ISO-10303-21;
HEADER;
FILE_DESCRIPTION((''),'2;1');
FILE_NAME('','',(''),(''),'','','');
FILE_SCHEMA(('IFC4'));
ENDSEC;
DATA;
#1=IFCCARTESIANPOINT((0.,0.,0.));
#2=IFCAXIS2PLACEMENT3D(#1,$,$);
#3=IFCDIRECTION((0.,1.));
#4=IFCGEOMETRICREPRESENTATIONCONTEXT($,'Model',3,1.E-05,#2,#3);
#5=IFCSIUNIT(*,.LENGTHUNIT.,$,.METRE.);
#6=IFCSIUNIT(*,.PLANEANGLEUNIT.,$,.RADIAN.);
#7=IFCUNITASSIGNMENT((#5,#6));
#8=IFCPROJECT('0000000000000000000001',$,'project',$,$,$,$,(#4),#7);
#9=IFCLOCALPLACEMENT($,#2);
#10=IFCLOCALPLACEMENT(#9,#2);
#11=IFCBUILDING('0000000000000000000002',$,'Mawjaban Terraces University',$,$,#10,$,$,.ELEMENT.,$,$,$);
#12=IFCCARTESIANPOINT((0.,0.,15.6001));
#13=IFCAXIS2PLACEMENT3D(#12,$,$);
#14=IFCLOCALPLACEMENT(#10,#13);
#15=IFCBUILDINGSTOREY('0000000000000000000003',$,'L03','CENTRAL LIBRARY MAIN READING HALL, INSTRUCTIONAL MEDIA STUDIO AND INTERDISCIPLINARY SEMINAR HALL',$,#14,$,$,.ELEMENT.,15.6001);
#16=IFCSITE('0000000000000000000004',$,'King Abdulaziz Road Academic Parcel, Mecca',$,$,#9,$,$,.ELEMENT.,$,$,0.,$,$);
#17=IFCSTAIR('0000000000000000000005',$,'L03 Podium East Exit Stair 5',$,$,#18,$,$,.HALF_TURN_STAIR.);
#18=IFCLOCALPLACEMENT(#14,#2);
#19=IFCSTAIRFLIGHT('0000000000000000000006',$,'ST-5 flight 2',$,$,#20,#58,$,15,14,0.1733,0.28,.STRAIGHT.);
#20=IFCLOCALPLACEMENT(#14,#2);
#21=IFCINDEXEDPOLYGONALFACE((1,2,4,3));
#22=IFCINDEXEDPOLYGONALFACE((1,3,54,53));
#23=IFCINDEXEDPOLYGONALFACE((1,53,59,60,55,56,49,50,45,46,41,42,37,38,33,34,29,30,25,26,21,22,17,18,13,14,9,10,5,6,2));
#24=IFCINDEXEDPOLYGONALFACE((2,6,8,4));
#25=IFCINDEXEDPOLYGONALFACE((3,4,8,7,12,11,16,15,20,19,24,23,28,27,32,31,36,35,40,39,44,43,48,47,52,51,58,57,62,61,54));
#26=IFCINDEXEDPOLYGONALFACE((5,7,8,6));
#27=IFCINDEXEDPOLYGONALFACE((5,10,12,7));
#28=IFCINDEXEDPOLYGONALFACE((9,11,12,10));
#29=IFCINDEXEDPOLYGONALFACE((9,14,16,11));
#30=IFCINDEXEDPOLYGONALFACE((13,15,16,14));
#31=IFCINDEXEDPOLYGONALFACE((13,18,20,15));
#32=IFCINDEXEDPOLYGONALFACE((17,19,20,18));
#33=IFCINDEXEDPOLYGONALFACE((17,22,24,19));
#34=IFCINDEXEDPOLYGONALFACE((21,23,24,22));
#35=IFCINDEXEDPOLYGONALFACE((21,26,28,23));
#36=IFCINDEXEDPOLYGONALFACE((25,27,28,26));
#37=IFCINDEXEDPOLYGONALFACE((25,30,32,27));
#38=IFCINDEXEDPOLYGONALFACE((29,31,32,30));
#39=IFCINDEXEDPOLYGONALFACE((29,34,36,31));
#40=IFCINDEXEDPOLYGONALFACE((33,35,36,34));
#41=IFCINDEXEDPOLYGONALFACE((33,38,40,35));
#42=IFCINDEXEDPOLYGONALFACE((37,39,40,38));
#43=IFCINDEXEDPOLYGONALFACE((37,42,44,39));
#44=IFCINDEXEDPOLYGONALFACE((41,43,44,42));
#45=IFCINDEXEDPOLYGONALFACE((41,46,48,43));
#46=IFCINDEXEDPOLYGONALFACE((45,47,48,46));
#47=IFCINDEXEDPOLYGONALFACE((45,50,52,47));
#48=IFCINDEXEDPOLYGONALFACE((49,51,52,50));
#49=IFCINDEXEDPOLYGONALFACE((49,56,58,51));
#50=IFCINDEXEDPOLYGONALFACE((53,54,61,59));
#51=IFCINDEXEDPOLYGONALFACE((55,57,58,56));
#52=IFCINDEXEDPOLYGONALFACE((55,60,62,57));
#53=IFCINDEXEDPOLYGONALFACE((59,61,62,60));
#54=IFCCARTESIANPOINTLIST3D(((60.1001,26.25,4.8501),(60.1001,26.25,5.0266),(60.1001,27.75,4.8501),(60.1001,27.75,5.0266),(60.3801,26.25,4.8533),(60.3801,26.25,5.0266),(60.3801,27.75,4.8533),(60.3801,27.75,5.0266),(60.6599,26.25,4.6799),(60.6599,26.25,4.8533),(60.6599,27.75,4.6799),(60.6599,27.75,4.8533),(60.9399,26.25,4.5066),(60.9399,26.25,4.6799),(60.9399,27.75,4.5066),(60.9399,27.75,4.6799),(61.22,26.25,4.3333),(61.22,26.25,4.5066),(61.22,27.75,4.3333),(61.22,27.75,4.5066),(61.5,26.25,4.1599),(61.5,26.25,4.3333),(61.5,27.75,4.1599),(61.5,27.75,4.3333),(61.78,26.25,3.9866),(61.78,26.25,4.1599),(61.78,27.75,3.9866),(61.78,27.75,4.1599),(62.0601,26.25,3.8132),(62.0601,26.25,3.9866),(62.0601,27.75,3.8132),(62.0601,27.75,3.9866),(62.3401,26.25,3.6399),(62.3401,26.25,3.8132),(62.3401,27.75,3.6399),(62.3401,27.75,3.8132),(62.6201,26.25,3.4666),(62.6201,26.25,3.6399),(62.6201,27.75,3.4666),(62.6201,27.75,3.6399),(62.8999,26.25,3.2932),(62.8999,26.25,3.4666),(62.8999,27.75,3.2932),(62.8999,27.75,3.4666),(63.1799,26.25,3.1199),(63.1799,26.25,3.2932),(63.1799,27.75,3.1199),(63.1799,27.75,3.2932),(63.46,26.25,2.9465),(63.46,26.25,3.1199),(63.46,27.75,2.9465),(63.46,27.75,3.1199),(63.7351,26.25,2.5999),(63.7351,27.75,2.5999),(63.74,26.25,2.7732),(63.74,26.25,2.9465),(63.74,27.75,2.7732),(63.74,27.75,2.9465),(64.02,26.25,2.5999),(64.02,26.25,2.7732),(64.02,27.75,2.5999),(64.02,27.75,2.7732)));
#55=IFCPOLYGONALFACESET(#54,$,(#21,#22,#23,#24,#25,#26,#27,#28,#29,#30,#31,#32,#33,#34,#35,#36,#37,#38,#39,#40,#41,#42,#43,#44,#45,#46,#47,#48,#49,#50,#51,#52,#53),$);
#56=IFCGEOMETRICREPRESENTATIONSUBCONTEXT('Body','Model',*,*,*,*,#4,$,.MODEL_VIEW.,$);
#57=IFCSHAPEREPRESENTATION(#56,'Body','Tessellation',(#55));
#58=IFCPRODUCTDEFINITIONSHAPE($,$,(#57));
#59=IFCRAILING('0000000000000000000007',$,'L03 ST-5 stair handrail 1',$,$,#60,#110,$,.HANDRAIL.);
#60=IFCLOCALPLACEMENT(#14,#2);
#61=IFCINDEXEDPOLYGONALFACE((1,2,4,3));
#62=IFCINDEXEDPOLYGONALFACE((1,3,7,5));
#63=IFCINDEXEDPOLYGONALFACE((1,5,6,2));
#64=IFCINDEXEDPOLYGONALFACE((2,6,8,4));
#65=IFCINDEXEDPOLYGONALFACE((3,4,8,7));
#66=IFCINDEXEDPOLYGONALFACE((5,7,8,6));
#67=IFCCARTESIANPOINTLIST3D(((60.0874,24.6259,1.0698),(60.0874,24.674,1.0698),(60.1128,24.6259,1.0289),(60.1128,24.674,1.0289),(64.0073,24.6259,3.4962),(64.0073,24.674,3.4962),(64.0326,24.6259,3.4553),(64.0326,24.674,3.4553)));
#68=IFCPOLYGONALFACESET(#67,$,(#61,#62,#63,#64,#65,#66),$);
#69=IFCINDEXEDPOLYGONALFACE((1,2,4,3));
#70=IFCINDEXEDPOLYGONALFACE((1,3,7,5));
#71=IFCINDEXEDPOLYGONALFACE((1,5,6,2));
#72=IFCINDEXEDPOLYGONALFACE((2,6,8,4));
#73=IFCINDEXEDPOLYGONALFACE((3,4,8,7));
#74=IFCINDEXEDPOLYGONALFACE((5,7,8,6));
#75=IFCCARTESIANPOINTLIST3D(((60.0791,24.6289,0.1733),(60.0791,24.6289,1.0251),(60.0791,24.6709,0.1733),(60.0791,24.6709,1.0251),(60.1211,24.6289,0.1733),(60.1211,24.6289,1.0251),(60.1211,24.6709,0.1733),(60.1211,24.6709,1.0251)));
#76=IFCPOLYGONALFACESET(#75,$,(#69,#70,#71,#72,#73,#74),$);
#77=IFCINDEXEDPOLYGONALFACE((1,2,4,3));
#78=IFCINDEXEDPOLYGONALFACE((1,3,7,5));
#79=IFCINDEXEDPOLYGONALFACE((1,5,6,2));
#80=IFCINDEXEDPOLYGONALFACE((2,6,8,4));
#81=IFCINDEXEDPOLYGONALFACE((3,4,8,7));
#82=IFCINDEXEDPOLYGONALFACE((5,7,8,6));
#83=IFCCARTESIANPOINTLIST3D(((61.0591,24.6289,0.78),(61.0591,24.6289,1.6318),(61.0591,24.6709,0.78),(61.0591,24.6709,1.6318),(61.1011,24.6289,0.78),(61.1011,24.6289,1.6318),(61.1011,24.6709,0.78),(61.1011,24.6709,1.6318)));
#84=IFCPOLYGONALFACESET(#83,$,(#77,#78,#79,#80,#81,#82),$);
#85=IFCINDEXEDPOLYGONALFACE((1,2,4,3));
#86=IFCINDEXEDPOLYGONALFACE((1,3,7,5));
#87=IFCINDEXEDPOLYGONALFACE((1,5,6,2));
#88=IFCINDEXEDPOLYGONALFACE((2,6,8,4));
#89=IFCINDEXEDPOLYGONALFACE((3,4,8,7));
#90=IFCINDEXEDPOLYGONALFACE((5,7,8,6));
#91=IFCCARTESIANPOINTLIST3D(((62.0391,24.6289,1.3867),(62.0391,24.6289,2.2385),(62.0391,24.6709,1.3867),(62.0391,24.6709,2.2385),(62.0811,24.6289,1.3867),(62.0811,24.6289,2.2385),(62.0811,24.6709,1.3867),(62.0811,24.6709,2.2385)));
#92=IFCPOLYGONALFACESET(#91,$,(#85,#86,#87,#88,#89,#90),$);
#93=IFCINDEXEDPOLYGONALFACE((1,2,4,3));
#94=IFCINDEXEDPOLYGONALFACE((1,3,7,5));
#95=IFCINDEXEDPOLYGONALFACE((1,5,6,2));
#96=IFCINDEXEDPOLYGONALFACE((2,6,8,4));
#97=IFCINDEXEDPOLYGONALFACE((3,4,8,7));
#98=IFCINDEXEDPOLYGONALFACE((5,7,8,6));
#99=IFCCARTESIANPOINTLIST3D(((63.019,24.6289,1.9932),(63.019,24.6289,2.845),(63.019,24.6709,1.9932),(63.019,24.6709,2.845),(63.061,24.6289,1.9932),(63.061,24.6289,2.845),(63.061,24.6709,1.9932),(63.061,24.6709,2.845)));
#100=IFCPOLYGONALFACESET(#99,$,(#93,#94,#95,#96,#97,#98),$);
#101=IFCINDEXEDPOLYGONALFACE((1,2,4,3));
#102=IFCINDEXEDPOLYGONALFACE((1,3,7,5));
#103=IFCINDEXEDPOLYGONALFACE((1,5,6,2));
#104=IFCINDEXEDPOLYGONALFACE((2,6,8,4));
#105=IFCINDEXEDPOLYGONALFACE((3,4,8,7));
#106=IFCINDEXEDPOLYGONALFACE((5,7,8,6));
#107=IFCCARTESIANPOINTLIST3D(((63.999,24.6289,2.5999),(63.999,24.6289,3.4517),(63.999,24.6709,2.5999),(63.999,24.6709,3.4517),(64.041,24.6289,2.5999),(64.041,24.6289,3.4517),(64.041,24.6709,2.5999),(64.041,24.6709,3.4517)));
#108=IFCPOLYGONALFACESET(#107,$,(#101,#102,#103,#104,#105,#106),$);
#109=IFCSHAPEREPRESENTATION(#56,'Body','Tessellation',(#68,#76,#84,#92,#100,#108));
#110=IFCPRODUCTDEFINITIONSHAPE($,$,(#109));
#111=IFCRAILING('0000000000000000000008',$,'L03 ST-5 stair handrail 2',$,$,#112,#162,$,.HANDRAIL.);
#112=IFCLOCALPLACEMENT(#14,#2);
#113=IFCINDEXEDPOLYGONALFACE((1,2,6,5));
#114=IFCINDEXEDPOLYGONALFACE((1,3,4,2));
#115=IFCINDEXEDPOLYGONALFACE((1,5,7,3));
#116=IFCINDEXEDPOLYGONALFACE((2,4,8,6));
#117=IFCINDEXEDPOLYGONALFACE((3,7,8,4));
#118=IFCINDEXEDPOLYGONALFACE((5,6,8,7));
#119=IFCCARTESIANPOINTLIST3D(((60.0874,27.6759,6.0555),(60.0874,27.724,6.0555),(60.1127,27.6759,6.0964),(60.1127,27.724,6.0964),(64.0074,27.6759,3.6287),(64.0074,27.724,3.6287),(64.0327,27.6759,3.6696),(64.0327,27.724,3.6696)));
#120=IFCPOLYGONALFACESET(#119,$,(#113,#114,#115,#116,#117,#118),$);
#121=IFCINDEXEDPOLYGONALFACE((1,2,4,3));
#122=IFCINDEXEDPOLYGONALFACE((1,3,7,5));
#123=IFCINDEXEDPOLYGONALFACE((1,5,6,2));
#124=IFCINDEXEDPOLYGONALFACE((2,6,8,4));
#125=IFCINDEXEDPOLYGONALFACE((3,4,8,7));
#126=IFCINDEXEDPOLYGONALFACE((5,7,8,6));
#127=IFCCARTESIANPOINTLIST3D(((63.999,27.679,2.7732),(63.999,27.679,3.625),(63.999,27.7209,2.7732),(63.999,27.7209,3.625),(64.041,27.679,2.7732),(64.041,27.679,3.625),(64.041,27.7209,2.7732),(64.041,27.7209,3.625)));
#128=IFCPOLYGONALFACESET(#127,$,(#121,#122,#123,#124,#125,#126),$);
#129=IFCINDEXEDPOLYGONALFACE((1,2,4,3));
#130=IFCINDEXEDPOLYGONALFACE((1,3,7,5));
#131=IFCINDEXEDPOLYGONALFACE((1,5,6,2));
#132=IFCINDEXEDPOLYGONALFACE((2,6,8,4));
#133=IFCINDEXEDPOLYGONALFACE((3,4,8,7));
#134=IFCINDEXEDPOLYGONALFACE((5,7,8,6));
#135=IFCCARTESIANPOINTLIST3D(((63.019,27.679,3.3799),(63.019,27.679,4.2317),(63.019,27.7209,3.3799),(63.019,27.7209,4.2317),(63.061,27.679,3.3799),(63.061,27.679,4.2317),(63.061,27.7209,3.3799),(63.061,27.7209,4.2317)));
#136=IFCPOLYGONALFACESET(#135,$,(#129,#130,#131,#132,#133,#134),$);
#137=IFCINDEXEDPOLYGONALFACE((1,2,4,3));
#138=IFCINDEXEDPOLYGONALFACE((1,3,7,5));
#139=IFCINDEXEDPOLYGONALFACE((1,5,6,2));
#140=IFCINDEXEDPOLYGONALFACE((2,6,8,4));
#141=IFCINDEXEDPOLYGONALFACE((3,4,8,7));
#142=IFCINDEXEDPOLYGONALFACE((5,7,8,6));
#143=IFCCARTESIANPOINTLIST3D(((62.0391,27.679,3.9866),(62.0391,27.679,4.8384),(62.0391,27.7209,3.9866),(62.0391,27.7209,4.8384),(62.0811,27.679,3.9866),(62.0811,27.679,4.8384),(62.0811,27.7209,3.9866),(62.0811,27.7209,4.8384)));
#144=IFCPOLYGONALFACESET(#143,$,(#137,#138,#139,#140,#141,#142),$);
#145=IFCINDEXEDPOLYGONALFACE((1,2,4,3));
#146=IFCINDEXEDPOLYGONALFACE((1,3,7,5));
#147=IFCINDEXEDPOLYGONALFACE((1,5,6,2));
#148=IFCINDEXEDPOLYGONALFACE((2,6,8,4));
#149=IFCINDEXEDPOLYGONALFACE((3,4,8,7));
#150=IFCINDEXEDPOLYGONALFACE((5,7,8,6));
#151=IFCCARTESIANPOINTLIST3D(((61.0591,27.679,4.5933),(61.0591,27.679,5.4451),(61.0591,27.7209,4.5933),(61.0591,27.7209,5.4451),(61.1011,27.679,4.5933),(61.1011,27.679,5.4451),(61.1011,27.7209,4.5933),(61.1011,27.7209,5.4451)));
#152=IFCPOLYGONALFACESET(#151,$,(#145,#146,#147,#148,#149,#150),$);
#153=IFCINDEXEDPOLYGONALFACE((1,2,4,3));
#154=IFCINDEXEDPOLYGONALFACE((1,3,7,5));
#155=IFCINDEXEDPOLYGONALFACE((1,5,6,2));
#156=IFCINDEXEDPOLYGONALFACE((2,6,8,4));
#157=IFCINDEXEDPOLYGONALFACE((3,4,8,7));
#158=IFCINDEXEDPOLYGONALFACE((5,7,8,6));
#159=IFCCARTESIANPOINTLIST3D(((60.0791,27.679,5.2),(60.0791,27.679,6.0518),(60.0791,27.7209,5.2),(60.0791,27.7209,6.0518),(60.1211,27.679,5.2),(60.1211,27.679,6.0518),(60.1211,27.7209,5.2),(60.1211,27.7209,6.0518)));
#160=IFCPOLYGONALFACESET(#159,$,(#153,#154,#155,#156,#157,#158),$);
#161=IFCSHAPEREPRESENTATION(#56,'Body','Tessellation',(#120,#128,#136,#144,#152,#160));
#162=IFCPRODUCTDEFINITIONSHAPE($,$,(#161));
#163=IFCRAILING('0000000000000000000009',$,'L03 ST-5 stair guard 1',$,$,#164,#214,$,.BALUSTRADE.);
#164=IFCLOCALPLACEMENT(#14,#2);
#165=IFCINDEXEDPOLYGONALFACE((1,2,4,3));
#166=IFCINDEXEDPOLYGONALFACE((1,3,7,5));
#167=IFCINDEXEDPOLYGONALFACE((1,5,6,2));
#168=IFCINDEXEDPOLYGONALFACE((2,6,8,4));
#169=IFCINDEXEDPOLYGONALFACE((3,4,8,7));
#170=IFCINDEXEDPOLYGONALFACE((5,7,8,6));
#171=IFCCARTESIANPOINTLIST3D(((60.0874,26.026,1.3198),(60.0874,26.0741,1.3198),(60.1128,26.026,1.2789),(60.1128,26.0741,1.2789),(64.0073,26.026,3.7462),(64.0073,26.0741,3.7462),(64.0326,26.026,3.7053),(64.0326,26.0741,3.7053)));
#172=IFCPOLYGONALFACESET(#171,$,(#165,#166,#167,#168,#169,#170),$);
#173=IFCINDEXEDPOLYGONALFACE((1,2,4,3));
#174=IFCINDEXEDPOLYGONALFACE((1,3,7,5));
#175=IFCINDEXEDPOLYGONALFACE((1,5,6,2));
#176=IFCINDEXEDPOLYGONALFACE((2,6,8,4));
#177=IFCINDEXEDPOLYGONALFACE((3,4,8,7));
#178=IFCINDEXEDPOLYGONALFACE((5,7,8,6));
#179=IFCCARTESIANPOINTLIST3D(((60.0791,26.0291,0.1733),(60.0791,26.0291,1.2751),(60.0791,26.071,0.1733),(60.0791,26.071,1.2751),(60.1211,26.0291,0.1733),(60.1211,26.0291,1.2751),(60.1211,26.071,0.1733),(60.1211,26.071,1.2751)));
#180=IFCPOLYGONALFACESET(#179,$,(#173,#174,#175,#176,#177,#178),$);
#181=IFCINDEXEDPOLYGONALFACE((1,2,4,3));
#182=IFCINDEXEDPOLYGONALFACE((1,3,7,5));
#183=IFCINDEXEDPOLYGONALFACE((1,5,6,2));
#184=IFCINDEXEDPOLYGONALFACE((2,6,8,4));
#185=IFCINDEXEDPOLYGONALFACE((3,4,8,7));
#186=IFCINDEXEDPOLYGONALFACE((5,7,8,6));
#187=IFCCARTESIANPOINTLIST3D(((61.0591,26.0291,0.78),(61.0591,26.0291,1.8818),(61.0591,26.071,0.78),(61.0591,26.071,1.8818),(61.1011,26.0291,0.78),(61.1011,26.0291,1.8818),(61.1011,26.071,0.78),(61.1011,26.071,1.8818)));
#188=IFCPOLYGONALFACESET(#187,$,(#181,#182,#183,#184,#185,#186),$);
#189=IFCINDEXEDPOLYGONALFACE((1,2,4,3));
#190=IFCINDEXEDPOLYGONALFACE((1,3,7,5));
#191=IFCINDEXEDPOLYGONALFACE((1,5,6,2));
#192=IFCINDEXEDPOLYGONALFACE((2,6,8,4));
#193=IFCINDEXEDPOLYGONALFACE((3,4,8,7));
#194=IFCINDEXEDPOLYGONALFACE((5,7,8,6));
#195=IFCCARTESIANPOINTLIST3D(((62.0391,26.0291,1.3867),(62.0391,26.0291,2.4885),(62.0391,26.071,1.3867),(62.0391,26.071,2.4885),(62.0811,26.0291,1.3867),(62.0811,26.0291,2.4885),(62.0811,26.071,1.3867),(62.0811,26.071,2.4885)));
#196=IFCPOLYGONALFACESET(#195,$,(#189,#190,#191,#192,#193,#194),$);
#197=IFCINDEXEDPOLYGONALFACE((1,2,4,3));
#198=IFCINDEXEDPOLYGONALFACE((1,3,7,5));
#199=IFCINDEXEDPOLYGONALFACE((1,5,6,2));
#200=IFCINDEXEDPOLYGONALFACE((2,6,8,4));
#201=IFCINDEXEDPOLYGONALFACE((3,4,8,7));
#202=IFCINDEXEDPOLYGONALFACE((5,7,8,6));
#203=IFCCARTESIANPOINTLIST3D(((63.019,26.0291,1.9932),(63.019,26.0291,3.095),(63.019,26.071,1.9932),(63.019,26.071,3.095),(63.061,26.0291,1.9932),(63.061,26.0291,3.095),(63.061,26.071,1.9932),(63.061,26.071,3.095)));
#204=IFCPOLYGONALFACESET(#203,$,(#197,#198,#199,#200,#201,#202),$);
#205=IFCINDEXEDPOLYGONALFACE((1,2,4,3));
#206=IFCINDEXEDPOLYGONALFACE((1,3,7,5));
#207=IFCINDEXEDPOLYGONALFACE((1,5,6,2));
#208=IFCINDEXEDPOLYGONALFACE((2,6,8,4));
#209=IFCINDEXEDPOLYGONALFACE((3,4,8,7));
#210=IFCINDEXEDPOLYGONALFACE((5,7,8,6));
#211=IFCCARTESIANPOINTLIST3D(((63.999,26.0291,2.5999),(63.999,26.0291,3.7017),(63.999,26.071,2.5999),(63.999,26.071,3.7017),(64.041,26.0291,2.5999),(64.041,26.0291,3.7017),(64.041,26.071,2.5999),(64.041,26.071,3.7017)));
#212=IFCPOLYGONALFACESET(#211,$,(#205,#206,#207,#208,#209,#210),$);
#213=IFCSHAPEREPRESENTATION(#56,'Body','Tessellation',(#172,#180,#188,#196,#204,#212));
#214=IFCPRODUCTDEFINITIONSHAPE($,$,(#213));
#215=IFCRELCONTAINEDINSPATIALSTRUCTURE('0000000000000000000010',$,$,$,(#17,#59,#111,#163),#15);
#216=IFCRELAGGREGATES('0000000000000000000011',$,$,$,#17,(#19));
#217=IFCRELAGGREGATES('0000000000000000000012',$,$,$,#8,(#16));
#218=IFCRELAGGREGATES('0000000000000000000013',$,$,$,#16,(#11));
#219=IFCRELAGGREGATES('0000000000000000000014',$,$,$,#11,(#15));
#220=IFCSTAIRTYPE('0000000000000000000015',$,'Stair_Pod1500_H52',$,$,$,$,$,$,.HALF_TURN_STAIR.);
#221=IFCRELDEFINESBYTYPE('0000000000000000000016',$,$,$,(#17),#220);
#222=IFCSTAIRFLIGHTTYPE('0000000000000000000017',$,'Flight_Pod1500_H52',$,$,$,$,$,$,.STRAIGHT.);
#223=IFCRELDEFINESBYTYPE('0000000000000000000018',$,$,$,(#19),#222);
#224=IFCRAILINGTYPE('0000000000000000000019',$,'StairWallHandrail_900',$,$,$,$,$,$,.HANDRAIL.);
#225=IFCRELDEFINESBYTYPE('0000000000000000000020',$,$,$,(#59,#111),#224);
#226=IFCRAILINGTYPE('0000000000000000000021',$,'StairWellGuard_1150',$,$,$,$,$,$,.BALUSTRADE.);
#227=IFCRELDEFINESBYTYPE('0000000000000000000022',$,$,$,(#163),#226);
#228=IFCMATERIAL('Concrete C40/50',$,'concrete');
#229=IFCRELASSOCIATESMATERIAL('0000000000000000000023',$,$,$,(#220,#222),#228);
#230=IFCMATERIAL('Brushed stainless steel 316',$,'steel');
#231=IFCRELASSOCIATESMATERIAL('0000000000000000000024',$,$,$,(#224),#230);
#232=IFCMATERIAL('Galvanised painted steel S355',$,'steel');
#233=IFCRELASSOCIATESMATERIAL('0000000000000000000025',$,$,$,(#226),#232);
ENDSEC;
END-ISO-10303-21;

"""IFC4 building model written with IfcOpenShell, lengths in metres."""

from ifc_helpers import new_model, si_unit, direction, frame, origin, origin_2d, place, context, subcontext, project, spatial, polyline, rectangle, outline, extrude, material, type_object, element, aggregate, save


model = new_model("IFC4")

# Units and contexts
model_context = context("Model", 3, precision=1e-05, world=origin(), true_north=direction((0.0, 1.0)))
body_context = subcontext(model_context, "Body", "Model", "MODEL_VIEW")
ifc_project = project(units=[si_unit("LENGTHUNIT", "METRE"), si_unit("PLANEANGLEUNIT", "RADIAN")], contexts=[model_context])

# Site, building, storey
site_placement = place(None, origin())
site = spatial("IfcSite", under=ifc_project, at=site_placement, Name="King Abdulaziz Road Academic Parcel, Mecca", CompositionType="ELEMENT", RefElevation=0.0)
building_placement = place(site_placement, origin())
building = spatial("IfcBuilding", under=site, at=building_placement, Name="Mawjaban Terraces University", CompositionType="ELEMENT")
storey_placement = place(building_placement, frame((0.0, 0.0, 15.6001)))
storey = spatial("IfcBuildingStorey", under=building, at=storey_placement, Name="L03", Description="CENTRAL LIBRARY MAIN READING HALL, INSTRUCTIONAL MEDIA STUDIO AND INTERDISCIPLINARY SEMINAR HALL", CompositionType="ELEMENT", Elevation=15.6001)

# Stair, stair flight
ifc_material_1 = material(Name="Concrete C40/50", Category="concrete")
stair_type = type_object("IfcStairType", Name="Stair_Pod1500_H52", PredefinedType="HALF_TURN_STAIR", material=ifc_material_1)
stair_placement = place(storey_placement, origin())
stair = element("IfcStair", 1, at=stair_placement, inside=storey, type_object=stair_type, Name="L03 Podium East Exit Stair 5", PredefinedType="HALF_TURN_STAIR")
stair_flight_type = type_object("IfcStairFlightType", Name="Flight_Pod1500_H52", PredefinedType="STRAIGHT", material=ifc_material_1)
stair_flight_1_placement = place(storey_placement, frame((64.02, 27.0, 2.5999), z_axis=(0.0, 0.0, 1.0), x_axis=(-1.0, 0.0, 0.0)))
stair_flight_1 = element("IfcStairFlight", 2, at=stair_flight_1_placement, type_object=stair_flight_type, Name="ST-5 flight 2", NumberOfRisers=15, NumberOfTreads=14, PredefinedType="STRAIGHT", RiserHeight=0.1733, TreadLength=0.28, context=body_context, shape_type="SweptSolid", body=[
    extrude(outline(polyline([(0.0, 0.0), (0.0, 0.1733), (0.28, 0.1733), (0.28, 0.3467), (0.5601, 0.3467), (0.5601, 0.52), (0.8401, 0.52), (0.8401, 0.6934), (1.1201, 0.6934), (1.1201, 0.8667), (1.3999, 0.8667), (1.3999, 1.04), (1.6799, 1.04), (1.6799, 1.2134), (1.96, 1.2134), (1.96, 1.3867), (2.24, 1.3867), (2.24, 1.5601), (2.52, 1.5601), (2.52, 1.7334), (2.8, 1.7334), (2.8, 1.9067), (3.0801, 1.9067), (3.0801, 2.0801), (3.3601, 2.0801), (3.3601, 2.2534), (3.6399, 2.2534), (3.6399, 2.4268), (3.9199, 2.4268), (3.9199, 2.6001), (3.9199, 2.2502), (0.2849, 0.0), (0.0, 0.0)])), frame((0.0, 0.75, 0.0), z_axis=(0.0, -1.0, 0.0), x_axis=(1.0, 0.0, 0.0)), (0.0, 0.0, 1.0), 1.5),
])
aggregate(stair, [stair_flight_1])

# Railings
ifc_material_2 = material(Name="Brushed stainless steel 316", Category="steel")
railing_type_1 = type_object("IfcRailingType", Name="StairWallHandrail_900", PredefinedType="HANDRAIL", material=ifc_material_2)
railing_1_placement = place(storey_placement, frame((60.1001, 24.6499, 0.1733)))
element("IfcRailing", 3, at=railing_1_placement, inside=storey, type_object=railing_type_1, Name="L03 ST-5 stair handrail 1", PredefinedType="HANDRAIL", context=body_context, shape_type="SweptSolid", body=[
    extrude(rectangle(XDim=0.0481, YDim=0.0481, at=origin_2d()), frame((0.0, 0.0, 0.876), z_axis=(0.850275, 0.0, 0.526338), x_axis=(0.0, 1.0, 0.0)), (0.0, 0.0, 1.0), 4.6101),
    extrude(rectangle(XDim=0.042, YDim=0.042, at=origin_2d()), origin(), (0.0, 0.0, 1.0), 0.8518),
    extrude(rectangle(XDim=0.042, YDim=0.042, at=origin_2d()), frame((0.98, 0.0, 0.6067)), (0.0, 0.0, 1.0), 0.8518),
    extrude(rectangle(XDim=0.042, YDim=0.042, at=origin_2d()), frame((1.96, 0.0, 1.2134)), (0.0, 0.0, 1.0), 0.8518),
    extrude(rectangle(XDim=0.042, YDim=0.042, at=origin_2d()), frame((2.9399, 0.0, 1.8198)), (0.0, 0.0, 1.0), 0.8518),
    extrude(rectangle(XDim=0.042, YDim=0.042, at=origin_2d()), frame((3.9199, 0.0, 2.4265)), (0.0, 0.0, 1.0), 0.8518),
])
railing_2_placement = place(storey_placement, frame((64.02, 27.7, 2.7732)))
element("IfcRailing", 4, at=railing_2_placement, inside=storey, type_object=railing_type_1, Name="L03 ST-5 stair handrail 2", PredefinedType="HANDRAIL", context=body_context, shape_type="SweptSolid", body=[
    extrude(rectangle(XDim=0.0481, YDim=0.0481, at=origin_2d()), frame((0.0, 0.0, 0.876), z_axis=(-0.850252, 0.0, 0.526376), x_axis=(0.0, -1.0, 0.0)), (0.0, 0.0, 1.0), 4.6104),
    extrude(rectangle(XDim=0.042, YDim=0.042, at=origin_2d()), origin(), (0.0, 0.0, 1.0), 0.8518),
    extrude(rectangle(XDim=0.042, YDim=0.042, at=origin_2d()), frame((-0.98, 0.0, 0.6067)), (0.0, 0.0, 1.0), 0.8518),
    extrude(rectangle(XDim=0.042, YDim=0.042, at=origin_2d()), frame((-1.96, 0.0, 1.2134)), (0.0, 0.0, 1.0), 0.8518),
    extrude(rectangle(XDim=0.042, YDim=0.042, at=origin_2d()), frame((-2.9399, 0.0, 1.8201)), (0.0, 0.0, 1.0), 0.8518),
    extrude(rectangle(XDim=0.042, YDim=0.042, at=origin_2d()), frame((-3.9199, 0.0, 2.4268)), (0.0, 0.0, 1.0), 0.8518),
])
ifc_material_3 = material(Name="Galvanised painted steel S355", Category="steel")
railing_type_2 = type_object("IfcRailingType", Name="StairWellGuard_1150", PredefinedType="BALUSTRADE", material=ifc_material_3)
railing_3_placement = place(storey_placement, frame((60.1001, 26.05, 0.1733)))
element("IfcRailing", 5, at=railing_3_placement, inside=storey, type_object=railing_type_2, Name="L03 ST-5 stair guard 1", PredefinedType="BALUSTRADE", context=body_context, shape_type="SweptSolid", body=[
    extrude(rectangle(XDim=0.0481, YDim=0.0481, at=origin_2d()), frame((0.0, 0.0, 1.126), z_axis=(0.850275, 0.0, 0.526338), x_axis=(0.0, 1.0, 0.0)), (0.0, 0.0, 1.0), 4.6101),
    extrude(rectangle(XDim=0.042, YDim=0.042, at=origin_2d()), origin(), (0.0, 0.0, 1.0), 1.1018),
    extrude(rectangle(XDim=0.042, YDim=0.042, at=origin_2d()), frame((0.98, 0.0, 0.6067)), (0.0, 0.0, 1.0), 1.1018),
    extrude(rectangle(XDim=0.042, YDim=0.042, at=origin_2d()), frame((1.96, 0.0, 1.2134)), (0.0, 0.0, 1.0), 1.1018),
    extrude(rectangle(XDim=0.042, YDim=0.042, at=origin_2d()), frame((2.9399, 0.0, 1.8198)), (0.0, 0.0, 1.0), 1.1018),
    extrude(rectangle(XDim=0.042, YDim=0.042, at=origin_2d()), frame((3.9199, 0.0, 2.4265)), (0.0, 0.0, 1.0), 1.1018),
])

save(model, "model.ifc")
